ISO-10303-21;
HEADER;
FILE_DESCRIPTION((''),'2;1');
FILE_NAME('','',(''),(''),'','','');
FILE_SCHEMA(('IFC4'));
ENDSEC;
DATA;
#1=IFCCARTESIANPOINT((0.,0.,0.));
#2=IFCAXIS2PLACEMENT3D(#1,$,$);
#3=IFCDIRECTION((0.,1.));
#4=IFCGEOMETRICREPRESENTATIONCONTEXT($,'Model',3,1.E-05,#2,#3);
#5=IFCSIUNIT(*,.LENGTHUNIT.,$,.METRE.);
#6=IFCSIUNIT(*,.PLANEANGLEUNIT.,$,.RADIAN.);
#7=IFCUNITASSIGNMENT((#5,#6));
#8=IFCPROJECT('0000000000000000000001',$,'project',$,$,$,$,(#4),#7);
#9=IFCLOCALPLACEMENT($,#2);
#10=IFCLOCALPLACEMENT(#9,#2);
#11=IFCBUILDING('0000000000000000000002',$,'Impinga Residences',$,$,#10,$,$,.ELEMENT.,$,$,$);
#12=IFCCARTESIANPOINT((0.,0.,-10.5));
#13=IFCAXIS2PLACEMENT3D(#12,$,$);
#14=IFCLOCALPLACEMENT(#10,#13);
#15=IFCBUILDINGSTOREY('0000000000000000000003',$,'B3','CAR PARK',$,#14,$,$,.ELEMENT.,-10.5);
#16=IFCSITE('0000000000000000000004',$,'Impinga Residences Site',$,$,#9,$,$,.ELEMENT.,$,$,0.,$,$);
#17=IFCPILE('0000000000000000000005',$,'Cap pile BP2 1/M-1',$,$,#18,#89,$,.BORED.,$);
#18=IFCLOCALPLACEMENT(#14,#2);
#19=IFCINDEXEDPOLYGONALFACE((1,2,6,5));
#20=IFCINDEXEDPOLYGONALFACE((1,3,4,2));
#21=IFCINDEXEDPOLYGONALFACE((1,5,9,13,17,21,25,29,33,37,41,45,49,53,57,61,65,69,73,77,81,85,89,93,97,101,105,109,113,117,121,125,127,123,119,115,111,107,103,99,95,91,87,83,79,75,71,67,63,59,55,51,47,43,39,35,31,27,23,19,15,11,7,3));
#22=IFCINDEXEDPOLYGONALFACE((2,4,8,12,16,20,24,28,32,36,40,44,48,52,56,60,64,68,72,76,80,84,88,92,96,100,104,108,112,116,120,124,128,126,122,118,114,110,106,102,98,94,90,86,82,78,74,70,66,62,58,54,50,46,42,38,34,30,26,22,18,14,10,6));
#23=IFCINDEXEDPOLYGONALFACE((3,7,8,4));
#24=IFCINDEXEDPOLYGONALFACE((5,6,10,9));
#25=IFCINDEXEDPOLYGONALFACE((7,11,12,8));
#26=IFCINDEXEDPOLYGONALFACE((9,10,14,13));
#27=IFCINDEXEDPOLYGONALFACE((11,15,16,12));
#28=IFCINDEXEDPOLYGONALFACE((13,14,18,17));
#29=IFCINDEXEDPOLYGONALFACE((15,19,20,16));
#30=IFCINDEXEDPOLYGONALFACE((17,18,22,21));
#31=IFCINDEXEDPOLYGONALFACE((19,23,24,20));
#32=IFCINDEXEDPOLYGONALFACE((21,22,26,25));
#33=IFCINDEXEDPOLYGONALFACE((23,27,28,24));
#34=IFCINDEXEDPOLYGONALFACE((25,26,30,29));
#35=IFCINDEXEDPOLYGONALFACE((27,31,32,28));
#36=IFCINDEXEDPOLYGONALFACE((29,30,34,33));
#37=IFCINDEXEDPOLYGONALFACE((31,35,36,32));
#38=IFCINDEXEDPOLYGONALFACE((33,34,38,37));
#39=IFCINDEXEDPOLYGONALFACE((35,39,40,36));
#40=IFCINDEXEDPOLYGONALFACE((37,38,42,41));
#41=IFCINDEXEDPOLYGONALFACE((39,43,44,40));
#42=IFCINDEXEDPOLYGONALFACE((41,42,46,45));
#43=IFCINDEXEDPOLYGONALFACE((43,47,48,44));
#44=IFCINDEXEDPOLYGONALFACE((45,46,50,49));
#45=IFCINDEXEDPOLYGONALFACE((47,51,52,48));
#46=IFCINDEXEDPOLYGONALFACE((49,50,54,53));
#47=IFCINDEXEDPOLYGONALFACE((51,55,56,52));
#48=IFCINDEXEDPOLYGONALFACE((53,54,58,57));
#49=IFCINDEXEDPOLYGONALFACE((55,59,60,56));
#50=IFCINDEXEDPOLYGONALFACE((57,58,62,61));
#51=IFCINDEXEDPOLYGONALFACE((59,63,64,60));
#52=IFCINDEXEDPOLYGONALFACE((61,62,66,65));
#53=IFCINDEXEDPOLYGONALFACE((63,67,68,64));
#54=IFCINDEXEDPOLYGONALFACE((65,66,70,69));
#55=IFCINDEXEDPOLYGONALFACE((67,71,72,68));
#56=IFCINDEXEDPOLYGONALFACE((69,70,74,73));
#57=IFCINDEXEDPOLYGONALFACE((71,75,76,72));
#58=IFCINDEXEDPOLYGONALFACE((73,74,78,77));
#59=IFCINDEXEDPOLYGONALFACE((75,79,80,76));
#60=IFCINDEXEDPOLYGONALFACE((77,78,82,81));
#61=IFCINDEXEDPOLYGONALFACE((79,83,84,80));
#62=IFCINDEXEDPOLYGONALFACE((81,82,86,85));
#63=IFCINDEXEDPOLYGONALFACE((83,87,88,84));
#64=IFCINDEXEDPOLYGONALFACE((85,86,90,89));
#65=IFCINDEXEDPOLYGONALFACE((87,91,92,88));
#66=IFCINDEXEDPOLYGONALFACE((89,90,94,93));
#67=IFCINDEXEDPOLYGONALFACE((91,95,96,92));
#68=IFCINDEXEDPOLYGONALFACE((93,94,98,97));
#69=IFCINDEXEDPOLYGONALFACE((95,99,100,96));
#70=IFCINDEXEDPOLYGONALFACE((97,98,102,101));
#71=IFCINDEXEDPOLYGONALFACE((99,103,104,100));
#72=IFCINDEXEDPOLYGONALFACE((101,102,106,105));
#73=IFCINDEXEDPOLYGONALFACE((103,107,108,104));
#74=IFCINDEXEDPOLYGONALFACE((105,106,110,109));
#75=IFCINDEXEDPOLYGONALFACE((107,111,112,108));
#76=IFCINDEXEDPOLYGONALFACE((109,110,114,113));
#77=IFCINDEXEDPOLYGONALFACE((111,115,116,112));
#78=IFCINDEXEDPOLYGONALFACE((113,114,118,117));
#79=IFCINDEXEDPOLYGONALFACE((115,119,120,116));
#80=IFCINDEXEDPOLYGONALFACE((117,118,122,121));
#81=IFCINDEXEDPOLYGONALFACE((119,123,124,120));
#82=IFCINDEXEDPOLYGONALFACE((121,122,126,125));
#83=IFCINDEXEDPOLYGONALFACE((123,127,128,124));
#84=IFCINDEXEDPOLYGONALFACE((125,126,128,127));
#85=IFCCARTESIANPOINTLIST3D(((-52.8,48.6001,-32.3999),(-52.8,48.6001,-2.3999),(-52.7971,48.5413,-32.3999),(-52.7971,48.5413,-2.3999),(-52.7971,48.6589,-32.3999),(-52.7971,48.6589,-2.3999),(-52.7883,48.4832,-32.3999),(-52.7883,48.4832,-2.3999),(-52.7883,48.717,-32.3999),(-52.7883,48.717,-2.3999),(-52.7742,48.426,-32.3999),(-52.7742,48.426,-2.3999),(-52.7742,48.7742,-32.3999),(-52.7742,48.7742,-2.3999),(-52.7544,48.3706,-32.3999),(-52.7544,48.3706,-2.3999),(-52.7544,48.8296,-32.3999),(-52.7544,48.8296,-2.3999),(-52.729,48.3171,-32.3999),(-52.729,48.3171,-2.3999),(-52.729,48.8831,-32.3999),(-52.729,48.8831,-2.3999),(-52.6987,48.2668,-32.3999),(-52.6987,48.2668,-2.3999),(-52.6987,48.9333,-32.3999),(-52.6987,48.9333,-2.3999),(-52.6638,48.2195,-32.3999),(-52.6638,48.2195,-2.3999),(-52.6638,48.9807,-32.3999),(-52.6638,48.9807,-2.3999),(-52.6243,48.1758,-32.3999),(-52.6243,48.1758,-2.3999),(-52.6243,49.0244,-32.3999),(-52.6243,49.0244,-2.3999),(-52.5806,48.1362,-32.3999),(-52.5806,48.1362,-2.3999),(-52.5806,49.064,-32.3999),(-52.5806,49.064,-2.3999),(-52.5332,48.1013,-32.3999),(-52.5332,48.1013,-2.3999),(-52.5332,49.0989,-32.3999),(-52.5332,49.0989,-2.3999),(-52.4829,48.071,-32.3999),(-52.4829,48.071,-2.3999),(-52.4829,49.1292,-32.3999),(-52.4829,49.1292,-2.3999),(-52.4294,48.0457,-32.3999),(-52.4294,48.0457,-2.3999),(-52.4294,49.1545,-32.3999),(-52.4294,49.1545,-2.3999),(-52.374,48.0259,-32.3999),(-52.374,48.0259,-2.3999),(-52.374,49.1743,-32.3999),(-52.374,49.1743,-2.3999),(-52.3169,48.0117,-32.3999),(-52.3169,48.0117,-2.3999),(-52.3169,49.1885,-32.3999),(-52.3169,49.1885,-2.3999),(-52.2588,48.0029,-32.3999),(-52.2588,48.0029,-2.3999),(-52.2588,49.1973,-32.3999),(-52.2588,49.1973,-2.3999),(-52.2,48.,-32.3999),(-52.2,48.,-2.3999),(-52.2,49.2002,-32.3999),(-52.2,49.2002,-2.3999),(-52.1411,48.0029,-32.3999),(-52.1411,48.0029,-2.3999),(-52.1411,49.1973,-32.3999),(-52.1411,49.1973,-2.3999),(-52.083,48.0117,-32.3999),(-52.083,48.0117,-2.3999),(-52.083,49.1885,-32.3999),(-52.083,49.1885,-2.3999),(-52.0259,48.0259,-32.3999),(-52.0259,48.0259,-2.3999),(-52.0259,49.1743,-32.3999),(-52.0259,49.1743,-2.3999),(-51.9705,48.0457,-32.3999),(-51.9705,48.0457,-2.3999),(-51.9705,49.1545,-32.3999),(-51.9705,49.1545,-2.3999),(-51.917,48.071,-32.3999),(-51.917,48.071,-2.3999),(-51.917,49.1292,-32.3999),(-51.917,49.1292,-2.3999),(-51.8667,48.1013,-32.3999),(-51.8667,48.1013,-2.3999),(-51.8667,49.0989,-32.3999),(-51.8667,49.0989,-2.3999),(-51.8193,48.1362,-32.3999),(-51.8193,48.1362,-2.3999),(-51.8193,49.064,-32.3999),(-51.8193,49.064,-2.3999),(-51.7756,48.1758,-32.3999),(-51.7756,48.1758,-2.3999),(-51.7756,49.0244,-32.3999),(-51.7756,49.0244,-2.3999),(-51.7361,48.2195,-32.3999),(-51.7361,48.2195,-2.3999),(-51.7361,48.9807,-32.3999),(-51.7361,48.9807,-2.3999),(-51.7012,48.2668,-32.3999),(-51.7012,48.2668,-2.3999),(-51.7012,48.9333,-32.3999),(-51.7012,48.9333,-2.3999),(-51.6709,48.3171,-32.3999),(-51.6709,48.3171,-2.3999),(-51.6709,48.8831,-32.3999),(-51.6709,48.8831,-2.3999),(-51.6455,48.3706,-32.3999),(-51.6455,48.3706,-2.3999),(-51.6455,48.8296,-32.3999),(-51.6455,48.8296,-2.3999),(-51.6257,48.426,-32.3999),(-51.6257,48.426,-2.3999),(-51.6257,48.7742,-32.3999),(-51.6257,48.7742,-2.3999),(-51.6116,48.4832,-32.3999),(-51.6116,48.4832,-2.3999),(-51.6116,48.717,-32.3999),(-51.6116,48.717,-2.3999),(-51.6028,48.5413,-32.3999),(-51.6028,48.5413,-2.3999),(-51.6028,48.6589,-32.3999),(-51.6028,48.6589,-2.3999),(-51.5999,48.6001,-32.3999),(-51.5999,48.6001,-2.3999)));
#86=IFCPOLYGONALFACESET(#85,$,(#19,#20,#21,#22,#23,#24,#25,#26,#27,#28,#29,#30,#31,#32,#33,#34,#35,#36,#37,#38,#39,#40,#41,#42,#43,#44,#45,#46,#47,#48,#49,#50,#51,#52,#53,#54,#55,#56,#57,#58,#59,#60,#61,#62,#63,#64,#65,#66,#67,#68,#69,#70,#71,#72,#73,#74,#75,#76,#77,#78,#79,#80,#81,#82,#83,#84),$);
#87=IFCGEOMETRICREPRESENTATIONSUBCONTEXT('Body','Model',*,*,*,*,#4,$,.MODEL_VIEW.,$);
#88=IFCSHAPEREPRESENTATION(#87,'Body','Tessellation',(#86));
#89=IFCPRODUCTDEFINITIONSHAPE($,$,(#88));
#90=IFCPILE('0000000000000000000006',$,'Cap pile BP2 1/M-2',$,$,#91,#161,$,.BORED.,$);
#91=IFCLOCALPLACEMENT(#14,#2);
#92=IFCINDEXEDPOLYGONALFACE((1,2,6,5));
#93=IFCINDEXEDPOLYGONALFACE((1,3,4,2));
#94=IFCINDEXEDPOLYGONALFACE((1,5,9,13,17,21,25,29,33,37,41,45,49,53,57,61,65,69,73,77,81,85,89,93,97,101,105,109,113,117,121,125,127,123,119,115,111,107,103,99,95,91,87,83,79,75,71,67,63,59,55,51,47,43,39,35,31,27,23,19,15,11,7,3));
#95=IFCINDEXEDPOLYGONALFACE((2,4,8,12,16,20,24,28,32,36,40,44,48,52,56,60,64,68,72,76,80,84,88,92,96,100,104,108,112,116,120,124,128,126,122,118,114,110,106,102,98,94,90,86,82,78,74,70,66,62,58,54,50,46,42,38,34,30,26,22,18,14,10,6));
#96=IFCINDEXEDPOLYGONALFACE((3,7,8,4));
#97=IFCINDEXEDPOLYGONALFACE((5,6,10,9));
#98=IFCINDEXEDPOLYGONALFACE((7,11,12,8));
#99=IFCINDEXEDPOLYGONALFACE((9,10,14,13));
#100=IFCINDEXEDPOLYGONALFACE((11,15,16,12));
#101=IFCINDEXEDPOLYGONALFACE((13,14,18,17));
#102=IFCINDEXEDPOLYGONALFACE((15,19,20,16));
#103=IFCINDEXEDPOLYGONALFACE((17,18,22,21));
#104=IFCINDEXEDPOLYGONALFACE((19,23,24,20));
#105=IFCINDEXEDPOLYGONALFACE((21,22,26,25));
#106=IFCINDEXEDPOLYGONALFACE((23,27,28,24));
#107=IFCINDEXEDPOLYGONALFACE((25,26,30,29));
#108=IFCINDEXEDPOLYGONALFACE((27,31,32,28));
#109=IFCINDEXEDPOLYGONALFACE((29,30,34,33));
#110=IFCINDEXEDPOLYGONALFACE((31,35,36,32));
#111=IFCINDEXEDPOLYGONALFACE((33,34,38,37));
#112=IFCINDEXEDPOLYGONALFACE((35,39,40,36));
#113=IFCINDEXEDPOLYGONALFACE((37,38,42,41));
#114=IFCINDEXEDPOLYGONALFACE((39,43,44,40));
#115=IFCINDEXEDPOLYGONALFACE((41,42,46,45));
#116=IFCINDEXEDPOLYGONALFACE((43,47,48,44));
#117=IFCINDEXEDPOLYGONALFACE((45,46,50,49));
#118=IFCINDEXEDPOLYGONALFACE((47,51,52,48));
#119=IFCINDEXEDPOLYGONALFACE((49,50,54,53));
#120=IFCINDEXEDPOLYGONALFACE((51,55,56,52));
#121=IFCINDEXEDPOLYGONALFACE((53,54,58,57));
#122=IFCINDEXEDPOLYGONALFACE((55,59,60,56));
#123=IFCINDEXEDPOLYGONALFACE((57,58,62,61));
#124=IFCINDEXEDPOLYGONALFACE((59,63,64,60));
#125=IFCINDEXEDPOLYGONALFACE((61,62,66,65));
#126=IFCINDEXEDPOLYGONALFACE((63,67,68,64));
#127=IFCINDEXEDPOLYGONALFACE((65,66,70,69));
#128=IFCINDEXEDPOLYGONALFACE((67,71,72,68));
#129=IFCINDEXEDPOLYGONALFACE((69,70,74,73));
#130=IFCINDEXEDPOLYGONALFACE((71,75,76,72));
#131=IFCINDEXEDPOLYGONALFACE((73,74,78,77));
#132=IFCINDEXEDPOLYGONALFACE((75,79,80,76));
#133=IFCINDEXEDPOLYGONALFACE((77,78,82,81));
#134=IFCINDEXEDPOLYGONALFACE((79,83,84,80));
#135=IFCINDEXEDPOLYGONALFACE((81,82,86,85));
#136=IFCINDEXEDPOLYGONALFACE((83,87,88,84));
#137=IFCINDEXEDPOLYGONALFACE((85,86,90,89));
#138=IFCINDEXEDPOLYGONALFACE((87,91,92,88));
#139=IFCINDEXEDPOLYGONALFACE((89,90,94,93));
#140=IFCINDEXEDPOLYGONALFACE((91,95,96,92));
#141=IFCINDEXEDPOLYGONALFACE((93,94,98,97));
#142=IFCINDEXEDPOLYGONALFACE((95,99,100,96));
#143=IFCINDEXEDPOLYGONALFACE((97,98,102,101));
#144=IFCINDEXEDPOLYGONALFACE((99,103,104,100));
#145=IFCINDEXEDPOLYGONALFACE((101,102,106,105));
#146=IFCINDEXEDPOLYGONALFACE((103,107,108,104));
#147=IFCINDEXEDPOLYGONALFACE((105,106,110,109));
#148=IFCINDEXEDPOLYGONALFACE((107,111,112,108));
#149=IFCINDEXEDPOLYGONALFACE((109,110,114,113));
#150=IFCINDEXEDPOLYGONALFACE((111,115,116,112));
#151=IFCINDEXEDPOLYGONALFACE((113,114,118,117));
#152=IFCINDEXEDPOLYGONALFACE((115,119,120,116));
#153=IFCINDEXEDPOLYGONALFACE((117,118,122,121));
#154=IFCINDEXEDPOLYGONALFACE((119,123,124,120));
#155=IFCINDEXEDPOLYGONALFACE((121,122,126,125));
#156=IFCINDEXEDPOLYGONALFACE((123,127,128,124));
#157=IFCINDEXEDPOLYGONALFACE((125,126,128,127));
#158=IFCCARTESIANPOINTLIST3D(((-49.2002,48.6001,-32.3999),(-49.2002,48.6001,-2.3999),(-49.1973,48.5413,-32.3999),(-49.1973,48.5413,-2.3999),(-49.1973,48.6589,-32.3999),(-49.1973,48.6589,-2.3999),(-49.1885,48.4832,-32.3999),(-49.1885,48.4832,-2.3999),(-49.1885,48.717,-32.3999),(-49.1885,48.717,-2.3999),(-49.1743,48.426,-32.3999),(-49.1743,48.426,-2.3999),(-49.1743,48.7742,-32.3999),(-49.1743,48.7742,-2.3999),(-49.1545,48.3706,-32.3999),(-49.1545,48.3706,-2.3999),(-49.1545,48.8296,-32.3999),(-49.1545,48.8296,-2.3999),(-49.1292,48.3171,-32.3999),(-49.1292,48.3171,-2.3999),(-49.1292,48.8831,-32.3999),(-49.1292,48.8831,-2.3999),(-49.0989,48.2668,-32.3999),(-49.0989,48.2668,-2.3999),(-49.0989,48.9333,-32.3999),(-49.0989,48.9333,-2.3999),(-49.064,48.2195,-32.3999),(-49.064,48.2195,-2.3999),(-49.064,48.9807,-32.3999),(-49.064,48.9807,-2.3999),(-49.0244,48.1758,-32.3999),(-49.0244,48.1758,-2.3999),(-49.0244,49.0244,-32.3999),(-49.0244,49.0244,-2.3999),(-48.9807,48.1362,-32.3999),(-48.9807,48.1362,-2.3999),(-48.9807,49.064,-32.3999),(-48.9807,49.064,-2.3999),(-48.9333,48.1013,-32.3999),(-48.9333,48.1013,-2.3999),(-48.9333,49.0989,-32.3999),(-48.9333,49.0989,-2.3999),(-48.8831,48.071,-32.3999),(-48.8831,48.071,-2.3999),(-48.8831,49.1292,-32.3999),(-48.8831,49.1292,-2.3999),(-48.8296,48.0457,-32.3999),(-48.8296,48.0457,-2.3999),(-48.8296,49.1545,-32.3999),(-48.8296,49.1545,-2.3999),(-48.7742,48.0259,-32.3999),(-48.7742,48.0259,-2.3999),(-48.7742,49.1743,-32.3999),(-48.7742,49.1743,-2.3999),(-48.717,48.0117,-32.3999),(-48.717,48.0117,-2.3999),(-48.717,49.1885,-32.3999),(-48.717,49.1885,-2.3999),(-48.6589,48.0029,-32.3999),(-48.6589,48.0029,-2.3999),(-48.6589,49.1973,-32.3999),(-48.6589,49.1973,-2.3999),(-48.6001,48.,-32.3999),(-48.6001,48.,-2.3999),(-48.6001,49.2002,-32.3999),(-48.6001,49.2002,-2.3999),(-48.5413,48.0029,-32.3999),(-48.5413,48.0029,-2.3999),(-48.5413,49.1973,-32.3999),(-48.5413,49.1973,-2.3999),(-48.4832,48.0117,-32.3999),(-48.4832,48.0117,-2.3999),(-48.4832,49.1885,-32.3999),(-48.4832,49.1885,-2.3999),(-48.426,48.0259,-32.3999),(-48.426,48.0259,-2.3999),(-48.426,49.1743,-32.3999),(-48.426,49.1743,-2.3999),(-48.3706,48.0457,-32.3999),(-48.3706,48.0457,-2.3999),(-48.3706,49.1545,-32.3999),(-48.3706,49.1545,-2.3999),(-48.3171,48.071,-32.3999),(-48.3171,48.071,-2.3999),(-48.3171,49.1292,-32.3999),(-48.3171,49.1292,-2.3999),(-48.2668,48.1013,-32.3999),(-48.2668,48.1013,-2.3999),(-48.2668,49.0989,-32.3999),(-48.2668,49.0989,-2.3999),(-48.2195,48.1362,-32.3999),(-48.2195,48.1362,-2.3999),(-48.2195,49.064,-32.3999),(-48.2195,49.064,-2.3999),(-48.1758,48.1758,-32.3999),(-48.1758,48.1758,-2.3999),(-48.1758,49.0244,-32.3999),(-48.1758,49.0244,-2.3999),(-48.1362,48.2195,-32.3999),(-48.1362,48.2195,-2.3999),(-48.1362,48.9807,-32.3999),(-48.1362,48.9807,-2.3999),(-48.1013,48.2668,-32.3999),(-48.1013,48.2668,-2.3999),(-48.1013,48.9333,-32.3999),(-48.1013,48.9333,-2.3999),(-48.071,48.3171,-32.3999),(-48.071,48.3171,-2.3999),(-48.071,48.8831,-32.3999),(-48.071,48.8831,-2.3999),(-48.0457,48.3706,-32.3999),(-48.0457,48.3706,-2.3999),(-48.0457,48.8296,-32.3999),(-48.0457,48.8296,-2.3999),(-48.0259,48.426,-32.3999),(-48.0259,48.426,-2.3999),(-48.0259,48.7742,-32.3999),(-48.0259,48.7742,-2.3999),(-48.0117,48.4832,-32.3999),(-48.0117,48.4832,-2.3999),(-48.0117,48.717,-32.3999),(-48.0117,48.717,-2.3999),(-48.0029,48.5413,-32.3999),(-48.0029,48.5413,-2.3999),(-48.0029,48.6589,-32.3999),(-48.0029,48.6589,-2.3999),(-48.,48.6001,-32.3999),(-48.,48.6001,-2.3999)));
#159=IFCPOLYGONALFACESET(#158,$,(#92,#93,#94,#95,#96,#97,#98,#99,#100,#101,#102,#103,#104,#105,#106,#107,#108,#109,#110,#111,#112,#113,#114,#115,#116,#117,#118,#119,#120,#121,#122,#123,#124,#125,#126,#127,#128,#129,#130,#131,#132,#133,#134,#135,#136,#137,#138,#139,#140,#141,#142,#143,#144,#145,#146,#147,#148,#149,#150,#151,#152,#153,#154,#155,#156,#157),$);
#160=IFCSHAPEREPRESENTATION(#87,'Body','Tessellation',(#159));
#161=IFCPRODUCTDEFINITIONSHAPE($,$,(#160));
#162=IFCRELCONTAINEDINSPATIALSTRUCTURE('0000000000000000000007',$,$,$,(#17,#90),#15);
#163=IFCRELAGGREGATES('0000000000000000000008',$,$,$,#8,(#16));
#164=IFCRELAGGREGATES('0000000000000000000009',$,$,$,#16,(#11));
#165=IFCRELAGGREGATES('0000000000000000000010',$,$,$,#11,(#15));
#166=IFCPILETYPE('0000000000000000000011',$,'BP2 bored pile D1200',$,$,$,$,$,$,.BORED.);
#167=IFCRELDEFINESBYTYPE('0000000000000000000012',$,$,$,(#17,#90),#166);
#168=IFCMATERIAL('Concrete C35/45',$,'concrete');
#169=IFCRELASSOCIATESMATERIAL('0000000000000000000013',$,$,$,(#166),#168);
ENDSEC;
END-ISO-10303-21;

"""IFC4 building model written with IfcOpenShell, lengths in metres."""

from ifc_helpers import new_model, si_unit, direction, frame, origin, origin_2d, place, context, subcontext, project, spatial, polyline, circle, outline, extrude, material, material_profile, profile_set, type_object, element, save


model = new_model("IFC4")

# Units and contexts
model_context = context("Model", 3, precision=1e-05, world=origin(), true_north=direction((0.0, 1.0)))
body_context = subcontext(model_context, "Body", "Model", "MODEL_VIEW")
ifc_project = project(units=[si_unit("LENGTHUNIT", "METRE"), si_unit("PLANEANGLEUNIT", "RADIAN")], contexts=[model_context])

# Site, building, storey
site_placement = place(None, origin())
site = spatial("IfcSite", under=ifc_project, at=site_placement, Name="Impinga Residences Site", CompositionType="ELEMENT", RefElevation=0.0)
building_placement = place(site_placement, origin())
building = spatial("IfcBuilding", under=site, at=building_placement, Name="Impinga Residences", CompositionType="ELEMENT")
storey_placement = place(building_placement, frame((0.0, 0.0, -10.5)))
storey = spatial("IfcBuildingStorey", under=building, at=storey_placement, Name="B3", Description="CAR PARK", CompositionType="ELEMENT", Elevation=-10.5)

# Piles
ifc_material_1 = material(Name="Concrete C35/45", Category="concrete")
ifc_material_profile_1 = material_profile(ifc_material_1, circle(Radius=0.6001, at=origin_2d()), Name="D1200")
ifc_profile_set_1 = profile_set([ifc_material_profile_1], Name="Concrete C35/45")
pile_type = type_object("IfcPileType", Name="BP2 bored pile D1200", PredefinedType="BORED", material=ifc_profile_set_1)
pile_1_placement = place(storey_placement, frame((-52.2, 48.6001, -2.3999), z_axis=(0.0, 0.0, -1.0), x_axis=(1.0, 0.0, 0.0)))
element("IfcPile", 1, at=pile_1_placement, inside=storey, type_object=pile_type, Name="Cap pile BP2 1/M-1", PredefinedType="BORED", context=body_context, shape_type="SweptSolid", body=[
    extrude(outline(polyline([(0.6001, 0.0), (0.5972, 0.0588), (0.5884, 0.1169), (0.5742, 0.1741), (0.5544, 0.2295), (0.5291, 0.283), (0.4988, 0.3333), (0.4639, 0.3806), (0.4243, 0.4243), (0.3806, 0.4639), (0.3333, 0.4988), (0.283, 0.5291), (0.2295, 0.5544), (0.1741, 0.5742), (0.1169, 0.5884), (0.0588, 0.5972), (0.0, 0.6001), (-0.0588, 0.5972), (-0.1169, 0.5884), (-0.1741, 0.5742), (-0.2295, 0.5544), (-0.283, 0.5291), (-0.3333, 0.4988), (-0.3806, 0.4639), (-0.4243, 0.4243), (-0.4639, 0.3806), (-0.4988, 0.3333), (-0.5291, 0.283), (-0.5544, 0.2295), (-0.5742, 0.1741), (-0.5884, 0.1169), (-0.5972, 0.0588), (-0.6001, 0.0), (-0.5972, -0.0588), (-0.5884, -0.1169), (-0.5742, -0.1741), (-0.5544, -0.2295), (-0.5291, -0.283), (-0.4988, -0.3333), (-0.4639, -0.3806), (-0.4243, -0.4243), (-0.3806, -0.4639), (-0.3333, -0.4988), (-0.283, -0.5291), (-0.2295, -0.5544), (-0.1741, -0.5742), (-0.1169, -0.5884), (-0.0588, -0.5972), (0.0, -0.6001), (0.0588, -0.5972), (0.1169, -0.5884), (0.1741, -0.5742), (0.2295, -0.5544), (0.283, -0.5291), (0.3333, -0.4988), (0.3806, -0.4639), (0.4243, -0.4243), (0.4639, -0.3806), (0.4988, -0.3333), (0.5291, -0.283), (0.5544, -0.2295), (0.5742, -0.1741), (0.5884, -0.1169), (0.5972, -0.0588), (0.6001, 0.0)])), origin(), (0.0, 0.0, 1.0), 30.0),
])
pile_2_placement = place(storey_placement, frame((-48.6001, 48.6001, -2.3999), z_axis=(0.0, 0.0, -1.0), x_axis=(1.0, 0.0, 0.0)))
element("IfcPile", 2, at=pile_2_placement, inside=storey, type_object=pile_type, Name="Cap pile BP2 1/M-2", PredefinedType="BORED", context=body_context, shape_type="SweptSolid", body=[
    extrude(outline(polyline([(0.6001, 0.0), (0.5972, 0.0588), (0.5884, 0.1169), (0.5742, 0.1741), (0.5544, 0.2295), (0.5291, 0.283), (0.4988, 0.3333), (0.4639, 0.3806), (0.4243, 0.4243), (0.3806, 0.4639), (0.3333, 0.4988), (0.283, 0.5291), (0.2295, 0.5544), (0.1741, 0.5742), (0.1169, 0.5884), (0.0588, 0.5972), (0.0, 0.6001), (-0.0588, 0.5972), (-0.1169, 0.5884), (-0.1741, 0.5742), (-0.2295, 0.5544), (-0.283, 0.5291), (-0.3333, 0.4988), (-0.3806, 0.4639), (-0.4243, 0.4243), (-0.4639, 0.3806), (-0.4988, 0.3333), (-0.5291, 0.283), (-0.5544, 0.2295), (-0.5742, 0.1741), (-0.5884, 0.1169), (-0.5972, 0.0588), (-0.6001, 0.0), (-0.5972, -0.0588), (-0.5884, -0.1169), (-0.5742, -0.1741), (-0.5544, -0.2295), (-0.5291, -0.283), (-0.4988, -0.3333), (-0.4639, -0.3806), (-0.4243, -0.4243), (-0.3806, -0.4639), (-0.3333, -0.4988), (-0.283, -0.5291), (-0.2295, -0.5544), (-0.1741, -0.5742), (-0.1169, -0.5884), (-0.0588, -0.5972), (0.0, -0.6001), (0.0588, -0.5972), (0.1169, -0.5884), (0.1741, -0.5742), (0.2295, -0.5544), (0.283, -0.5291), (0.3333, -0.4988), (0.3806, -0.4639), (0.4243, -0.4243), (0.4639, -0.3806), (0.4988, -0.3333), (0.5291, -0.283), (0.5544, -0.2295), (0.5742, -0.1741), (0.5884, -0.1169), (0.5972, -0.0588), (0.6001, 0.0)])), origin(), (0.0, 0.0, 1.0), 30.0),
])

save(model, "model.ifc")
